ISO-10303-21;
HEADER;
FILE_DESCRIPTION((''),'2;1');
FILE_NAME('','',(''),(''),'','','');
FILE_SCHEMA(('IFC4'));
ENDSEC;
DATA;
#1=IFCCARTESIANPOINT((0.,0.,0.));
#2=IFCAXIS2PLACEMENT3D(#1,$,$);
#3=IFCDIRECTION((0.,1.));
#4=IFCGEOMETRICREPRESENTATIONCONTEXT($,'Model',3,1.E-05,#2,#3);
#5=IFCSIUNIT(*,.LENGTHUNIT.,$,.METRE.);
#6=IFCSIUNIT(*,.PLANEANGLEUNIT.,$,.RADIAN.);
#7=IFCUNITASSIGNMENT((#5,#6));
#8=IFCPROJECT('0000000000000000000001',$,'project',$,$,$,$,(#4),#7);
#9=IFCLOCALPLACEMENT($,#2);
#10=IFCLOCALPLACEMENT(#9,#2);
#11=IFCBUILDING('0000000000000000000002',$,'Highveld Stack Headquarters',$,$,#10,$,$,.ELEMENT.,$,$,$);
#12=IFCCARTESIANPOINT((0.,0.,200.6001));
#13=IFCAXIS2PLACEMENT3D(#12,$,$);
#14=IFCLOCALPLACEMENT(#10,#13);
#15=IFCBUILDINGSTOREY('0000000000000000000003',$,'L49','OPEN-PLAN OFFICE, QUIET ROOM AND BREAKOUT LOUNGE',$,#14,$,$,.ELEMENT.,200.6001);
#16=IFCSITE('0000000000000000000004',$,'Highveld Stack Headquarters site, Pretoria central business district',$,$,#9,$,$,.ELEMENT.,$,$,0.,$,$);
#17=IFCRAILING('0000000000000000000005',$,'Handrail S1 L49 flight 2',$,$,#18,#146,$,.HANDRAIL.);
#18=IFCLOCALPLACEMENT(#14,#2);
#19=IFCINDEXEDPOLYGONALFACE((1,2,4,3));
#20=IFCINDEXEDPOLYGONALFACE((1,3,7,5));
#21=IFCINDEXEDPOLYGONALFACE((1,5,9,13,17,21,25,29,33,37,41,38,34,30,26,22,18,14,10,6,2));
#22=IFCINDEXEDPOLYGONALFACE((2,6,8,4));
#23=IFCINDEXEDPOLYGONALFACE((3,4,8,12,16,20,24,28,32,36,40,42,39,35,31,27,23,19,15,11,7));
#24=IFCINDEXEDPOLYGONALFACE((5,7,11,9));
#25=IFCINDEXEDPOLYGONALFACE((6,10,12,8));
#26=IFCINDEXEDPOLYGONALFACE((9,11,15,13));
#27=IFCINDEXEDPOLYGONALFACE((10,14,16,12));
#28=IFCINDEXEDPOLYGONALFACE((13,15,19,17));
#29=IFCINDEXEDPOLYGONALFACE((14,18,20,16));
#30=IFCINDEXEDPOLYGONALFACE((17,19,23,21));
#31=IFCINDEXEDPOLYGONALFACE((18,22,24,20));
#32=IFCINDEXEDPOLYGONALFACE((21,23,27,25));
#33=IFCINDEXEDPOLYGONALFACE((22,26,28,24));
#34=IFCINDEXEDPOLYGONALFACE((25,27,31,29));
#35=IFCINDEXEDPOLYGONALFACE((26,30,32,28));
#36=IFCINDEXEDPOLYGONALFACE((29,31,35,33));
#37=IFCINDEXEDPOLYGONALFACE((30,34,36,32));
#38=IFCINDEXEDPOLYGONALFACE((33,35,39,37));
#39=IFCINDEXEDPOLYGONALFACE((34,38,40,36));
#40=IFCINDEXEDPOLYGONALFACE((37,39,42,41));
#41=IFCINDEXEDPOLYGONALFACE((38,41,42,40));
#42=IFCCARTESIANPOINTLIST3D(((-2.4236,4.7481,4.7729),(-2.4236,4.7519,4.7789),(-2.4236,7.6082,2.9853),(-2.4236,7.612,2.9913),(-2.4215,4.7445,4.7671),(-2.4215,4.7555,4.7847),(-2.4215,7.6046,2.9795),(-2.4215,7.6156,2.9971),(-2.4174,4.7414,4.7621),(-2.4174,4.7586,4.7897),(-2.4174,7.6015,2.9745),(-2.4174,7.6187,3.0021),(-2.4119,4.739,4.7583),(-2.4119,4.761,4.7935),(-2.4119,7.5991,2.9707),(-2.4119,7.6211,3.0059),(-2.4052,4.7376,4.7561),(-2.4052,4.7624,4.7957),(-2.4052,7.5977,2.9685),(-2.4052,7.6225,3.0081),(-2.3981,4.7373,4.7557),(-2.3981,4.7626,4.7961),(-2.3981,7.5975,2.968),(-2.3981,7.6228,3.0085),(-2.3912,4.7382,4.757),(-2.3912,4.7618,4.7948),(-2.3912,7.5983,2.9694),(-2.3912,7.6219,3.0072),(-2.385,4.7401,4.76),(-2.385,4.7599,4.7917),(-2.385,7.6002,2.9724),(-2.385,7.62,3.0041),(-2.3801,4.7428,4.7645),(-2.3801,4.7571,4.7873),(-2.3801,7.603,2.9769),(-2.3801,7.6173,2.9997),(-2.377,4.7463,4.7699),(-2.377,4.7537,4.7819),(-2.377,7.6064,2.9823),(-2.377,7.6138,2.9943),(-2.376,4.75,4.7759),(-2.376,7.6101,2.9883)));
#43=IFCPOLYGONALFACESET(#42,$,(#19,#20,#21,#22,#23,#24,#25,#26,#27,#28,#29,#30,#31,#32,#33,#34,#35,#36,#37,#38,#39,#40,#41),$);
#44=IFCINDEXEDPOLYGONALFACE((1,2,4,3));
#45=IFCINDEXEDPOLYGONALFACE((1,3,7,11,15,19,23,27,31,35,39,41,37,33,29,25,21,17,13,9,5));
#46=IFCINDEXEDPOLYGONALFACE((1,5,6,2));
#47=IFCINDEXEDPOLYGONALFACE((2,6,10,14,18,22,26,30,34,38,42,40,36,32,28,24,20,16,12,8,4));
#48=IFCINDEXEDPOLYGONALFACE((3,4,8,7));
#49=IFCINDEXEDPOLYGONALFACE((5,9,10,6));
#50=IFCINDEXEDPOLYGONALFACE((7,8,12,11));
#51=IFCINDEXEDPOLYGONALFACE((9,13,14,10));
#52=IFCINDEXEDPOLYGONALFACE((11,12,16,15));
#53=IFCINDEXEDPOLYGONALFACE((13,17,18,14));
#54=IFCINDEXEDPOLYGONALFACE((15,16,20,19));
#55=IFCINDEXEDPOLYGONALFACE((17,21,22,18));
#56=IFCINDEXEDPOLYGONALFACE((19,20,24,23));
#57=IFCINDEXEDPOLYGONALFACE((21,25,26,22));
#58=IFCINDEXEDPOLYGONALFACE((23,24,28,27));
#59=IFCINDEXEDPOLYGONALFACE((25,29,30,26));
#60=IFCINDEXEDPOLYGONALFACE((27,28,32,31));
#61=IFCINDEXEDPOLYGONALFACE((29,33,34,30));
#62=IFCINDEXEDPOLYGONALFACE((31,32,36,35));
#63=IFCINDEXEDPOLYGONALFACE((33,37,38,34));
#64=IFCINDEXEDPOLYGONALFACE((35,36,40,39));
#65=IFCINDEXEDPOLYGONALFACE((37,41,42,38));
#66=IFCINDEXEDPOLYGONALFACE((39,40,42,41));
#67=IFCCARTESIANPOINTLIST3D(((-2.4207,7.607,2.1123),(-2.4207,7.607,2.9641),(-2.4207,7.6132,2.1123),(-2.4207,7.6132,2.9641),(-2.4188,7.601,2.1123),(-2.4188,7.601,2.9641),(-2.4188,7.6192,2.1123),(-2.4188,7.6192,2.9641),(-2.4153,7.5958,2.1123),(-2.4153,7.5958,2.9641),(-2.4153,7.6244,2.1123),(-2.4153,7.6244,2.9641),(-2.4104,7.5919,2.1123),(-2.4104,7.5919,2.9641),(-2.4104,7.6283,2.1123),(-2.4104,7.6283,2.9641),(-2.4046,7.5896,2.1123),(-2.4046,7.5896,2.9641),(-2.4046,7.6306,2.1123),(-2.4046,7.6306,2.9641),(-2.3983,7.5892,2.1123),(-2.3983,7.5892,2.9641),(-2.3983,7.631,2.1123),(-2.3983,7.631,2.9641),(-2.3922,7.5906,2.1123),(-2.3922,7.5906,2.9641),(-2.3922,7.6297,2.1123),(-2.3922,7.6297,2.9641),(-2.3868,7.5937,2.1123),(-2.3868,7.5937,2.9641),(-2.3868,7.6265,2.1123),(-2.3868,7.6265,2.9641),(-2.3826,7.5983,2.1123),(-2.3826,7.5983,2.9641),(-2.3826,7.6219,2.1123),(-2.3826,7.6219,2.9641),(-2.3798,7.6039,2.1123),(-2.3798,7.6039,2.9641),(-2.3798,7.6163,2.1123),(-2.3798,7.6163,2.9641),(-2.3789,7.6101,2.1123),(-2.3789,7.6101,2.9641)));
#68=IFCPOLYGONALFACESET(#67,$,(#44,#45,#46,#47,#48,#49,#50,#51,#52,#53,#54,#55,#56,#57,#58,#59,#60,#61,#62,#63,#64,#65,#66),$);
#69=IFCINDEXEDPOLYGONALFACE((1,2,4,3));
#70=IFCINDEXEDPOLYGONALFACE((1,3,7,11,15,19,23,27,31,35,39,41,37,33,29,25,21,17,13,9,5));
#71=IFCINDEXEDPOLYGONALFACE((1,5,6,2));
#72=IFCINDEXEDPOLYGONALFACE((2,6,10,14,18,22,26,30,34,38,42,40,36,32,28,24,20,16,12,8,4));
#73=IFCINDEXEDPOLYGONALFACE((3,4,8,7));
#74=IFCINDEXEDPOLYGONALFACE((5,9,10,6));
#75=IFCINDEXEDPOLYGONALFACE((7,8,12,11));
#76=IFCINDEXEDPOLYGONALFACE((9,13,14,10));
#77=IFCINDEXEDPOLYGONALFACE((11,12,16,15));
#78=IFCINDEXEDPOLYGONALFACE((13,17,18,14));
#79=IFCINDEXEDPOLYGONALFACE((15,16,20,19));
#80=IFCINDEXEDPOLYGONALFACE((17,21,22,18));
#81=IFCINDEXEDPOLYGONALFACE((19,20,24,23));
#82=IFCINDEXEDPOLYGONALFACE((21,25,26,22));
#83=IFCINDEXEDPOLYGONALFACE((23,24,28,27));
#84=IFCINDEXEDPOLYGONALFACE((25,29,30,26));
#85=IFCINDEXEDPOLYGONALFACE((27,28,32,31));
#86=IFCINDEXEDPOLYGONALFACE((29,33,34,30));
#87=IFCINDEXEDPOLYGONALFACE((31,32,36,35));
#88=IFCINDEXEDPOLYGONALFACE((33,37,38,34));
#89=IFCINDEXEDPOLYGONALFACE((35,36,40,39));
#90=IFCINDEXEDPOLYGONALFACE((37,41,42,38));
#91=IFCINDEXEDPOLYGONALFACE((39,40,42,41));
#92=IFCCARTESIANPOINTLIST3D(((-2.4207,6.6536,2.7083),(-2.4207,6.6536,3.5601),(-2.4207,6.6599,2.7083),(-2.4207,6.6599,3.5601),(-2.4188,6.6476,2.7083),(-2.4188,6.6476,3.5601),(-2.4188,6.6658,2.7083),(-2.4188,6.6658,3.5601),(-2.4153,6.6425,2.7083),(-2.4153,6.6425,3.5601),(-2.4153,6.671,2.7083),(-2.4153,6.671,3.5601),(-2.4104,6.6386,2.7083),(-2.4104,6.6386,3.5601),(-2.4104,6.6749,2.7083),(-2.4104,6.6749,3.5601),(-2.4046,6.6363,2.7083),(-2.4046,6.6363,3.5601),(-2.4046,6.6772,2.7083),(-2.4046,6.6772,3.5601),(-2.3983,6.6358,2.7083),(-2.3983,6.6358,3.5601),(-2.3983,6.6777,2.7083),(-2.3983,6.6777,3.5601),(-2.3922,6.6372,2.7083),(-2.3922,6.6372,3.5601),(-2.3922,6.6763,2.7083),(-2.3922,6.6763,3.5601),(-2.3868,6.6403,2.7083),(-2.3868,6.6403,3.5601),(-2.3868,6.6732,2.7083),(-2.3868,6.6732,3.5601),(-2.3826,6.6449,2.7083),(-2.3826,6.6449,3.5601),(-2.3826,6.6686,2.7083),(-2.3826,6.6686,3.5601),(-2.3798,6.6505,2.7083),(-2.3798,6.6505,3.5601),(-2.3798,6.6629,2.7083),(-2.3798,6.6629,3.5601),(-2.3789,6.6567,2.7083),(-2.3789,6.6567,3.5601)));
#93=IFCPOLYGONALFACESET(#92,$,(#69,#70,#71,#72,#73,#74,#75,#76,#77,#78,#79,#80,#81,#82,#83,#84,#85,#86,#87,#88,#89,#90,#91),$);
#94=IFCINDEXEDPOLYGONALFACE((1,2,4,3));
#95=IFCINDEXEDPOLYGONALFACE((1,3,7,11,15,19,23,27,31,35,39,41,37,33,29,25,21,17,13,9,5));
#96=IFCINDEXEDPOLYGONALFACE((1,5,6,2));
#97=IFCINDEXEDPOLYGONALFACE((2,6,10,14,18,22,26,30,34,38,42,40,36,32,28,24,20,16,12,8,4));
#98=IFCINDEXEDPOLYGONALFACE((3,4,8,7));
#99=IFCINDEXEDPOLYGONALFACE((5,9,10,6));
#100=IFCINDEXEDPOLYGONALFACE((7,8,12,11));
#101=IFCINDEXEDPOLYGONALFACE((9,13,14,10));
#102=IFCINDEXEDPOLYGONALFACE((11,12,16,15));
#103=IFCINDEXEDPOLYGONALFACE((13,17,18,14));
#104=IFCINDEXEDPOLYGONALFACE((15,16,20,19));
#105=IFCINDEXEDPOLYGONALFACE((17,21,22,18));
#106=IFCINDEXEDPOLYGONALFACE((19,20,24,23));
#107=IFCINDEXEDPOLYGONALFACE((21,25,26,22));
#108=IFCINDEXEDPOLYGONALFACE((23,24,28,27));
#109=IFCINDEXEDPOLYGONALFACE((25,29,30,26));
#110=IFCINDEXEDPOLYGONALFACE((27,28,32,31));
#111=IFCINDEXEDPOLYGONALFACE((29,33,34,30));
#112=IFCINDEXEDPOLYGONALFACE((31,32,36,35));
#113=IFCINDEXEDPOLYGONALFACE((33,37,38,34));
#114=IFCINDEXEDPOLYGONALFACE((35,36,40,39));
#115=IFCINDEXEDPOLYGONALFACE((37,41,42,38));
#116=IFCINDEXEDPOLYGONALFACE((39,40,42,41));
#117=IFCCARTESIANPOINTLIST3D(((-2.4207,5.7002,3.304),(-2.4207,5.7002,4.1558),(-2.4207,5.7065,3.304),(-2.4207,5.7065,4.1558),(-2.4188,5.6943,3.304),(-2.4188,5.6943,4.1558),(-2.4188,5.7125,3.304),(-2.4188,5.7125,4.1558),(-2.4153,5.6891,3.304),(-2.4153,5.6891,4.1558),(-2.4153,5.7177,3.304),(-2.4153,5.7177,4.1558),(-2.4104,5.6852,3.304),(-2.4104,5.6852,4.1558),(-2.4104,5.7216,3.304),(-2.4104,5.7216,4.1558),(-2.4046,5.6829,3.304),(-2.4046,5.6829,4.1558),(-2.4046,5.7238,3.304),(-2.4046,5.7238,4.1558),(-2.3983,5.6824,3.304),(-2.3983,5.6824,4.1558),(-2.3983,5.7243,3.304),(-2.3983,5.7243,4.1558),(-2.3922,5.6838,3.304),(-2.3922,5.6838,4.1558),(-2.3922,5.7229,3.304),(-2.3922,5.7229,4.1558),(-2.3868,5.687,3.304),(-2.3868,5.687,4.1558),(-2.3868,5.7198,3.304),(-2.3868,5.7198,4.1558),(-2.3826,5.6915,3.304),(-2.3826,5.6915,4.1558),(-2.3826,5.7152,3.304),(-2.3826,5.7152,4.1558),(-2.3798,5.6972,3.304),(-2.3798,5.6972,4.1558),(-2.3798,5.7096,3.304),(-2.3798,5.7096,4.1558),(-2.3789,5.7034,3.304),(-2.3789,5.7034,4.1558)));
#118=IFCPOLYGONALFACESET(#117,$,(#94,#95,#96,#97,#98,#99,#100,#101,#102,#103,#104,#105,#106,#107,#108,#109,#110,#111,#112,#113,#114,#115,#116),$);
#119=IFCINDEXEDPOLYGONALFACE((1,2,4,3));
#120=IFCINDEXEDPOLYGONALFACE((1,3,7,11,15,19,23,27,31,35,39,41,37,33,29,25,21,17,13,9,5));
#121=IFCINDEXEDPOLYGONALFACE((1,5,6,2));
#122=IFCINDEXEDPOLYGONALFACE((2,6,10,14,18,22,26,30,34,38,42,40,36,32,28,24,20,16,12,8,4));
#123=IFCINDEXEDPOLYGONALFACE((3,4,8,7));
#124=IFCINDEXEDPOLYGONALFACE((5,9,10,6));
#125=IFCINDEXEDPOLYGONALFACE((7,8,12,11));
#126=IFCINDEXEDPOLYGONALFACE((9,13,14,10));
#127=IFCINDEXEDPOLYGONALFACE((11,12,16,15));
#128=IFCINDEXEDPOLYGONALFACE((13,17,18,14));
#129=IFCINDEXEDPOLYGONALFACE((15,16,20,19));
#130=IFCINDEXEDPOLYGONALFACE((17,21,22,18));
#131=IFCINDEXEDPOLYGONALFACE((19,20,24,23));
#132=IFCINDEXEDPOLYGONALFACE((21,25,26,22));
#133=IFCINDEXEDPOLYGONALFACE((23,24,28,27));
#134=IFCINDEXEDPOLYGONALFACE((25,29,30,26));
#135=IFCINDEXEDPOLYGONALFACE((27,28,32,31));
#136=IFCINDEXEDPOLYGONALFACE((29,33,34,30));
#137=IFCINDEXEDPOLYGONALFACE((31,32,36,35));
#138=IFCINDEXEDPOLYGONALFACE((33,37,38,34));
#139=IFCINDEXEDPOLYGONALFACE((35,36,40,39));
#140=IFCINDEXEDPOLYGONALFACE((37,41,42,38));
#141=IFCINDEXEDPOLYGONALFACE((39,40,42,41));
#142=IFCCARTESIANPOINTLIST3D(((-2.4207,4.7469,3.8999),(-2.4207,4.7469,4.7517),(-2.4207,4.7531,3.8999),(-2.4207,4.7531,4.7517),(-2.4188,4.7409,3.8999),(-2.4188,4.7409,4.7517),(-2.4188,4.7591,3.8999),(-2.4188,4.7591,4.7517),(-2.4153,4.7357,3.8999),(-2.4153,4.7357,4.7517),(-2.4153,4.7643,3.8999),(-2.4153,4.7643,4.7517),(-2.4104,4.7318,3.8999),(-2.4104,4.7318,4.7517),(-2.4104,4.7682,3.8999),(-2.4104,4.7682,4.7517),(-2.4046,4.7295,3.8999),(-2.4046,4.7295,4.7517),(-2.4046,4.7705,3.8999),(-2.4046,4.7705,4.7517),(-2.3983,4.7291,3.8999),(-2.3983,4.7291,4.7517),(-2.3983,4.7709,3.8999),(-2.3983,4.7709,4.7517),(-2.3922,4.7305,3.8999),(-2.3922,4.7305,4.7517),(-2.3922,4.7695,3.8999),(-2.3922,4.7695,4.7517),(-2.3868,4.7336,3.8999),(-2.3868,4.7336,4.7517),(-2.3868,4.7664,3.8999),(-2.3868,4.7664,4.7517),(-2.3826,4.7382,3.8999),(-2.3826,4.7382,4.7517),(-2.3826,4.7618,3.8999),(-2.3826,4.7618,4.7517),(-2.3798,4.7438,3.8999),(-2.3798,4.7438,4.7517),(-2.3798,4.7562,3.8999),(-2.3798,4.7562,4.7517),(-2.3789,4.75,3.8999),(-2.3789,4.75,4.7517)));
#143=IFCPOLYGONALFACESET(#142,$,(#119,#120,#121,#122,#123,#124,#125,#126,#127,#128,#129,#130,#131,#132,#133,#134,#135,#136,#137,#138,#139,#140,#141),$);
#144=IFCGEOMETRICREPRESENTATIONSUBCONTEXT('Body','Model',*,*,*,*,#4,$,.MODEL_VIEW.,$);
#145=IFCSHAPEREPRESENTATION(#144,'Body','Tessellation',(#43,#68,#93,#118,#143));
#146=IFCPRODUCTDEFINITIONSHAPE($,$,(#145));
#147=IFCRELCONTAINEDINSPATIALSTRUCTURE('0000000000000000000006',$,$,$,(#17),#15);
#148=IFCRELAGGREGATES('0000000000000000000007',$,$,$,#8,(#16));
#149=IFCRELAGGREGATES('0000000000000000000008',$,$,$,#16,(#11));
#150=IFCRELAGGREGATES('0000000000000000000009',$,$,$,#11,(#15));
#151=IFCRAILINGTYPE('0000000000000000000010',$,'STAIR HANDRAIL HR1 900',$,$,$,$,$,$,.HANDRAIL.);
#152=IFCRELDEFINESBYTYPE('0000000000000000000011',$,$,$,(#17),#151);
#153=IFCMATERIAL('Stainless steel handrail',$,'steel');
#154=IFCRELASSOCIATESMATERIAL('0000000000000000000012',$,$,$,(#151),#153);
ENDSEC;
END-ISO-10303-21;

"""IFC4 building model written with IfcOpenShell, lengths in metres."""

from ifc_helpers import new_model, si_unit, direction, frame, origin, origin_2d, place, context, subcontext, project, spatial, circle, extrude, material, type_object, element, save


model = new_model("IFC4")

# Units and contexts
model_context = context("Model", 3, precision=1e-05, world=origin(), true_north=direction((0.0, 1.0)))
body_context = subcontext(model_context, "Body", "Model", "MODEL_VIEW")
ifc_project = project(units=[si_unit("LENGTHUNIT", "METRE"), si_unit("PLANEANGLEUNIT", "RADIAN")], contexts=[model_context])

# Site, building, storey
site_placement = place(None, origin())
site = spatial("IfcSite", under=ifc_project, at=site_placement, Name="Highveld Stack Headquarters site, Pretoria central business district", CompositionType="ELEMENT", RefElevation=0.0)
building_placement = place(site_placement, origin())
building = spatial("IfcBuilding", under=site, at=building_placement, Name="Highveld Stack Headquarters", CompositionType="ELEMENT")
storey_placement = place(building_placement, frame((0.0, 0.0, 200.6001)))
storey = spatial("IfcBuildingStorey", under=building, at=storey_placement, Name="L49", Description="OPEN-PLAN OFFICE, QUIET ROOM AND BREAKOUT LOUNGE", CompositionType="ELEMENT", Elevation=200.6001)

# Railing
ifc_material_1 = material(Name="Stainless steel handrail", Category="steel")
railing_type = type_object("IfcRailingType", Name="STAIR HANDRAIL HR1 900", PredefinedType="HANDRAIL", material=ifc_material_1)
for number, where, name in (
    (1, (-2.3999, 7.6101, 2.1123), "Handrail S1 L49 flight 2"),
):
    element("IfcRailing", number, at=place(storey_placement, frame(where)), inside=storey, type_object=railing_type, Name=name, PredefinedType="HANDRAIL", context=body_context, shape_type="SweptSolid", body=[
        extrude(circle(Radius=0.0239, at=origin_2d()), frame((0.0, 0.0, 0.876), z_axis=(0.0, -0.847994, 0.530005), x_axis=(1.0, 0.0, 0.0)), (0.0, 0.0, 1.0), 3.3728),
        extrude(circle(Radius=0.021, at=origin_2d()), origin(), (0.0, 0.0, 1.0), 0.8518),
        extrude(circle(Radius=0.021, at=origin_2d()), frame((0.0, -0.9534, 0.5959)), (0.0, 0.0, 1.0), 0.8518),
        extrude(circle(Radius=0.021, at=origin_2d()), frame((0.0, -1.9067, 1.1917)), (0.0, 0.0, 1.0), 0.8518),
        extrude(circle(Radius=0.021, at=origin_2d()), frame((0.0, -2.8601, 1.7876)), (0.0, 0.0, 1.0), 0.8518),
    ])

save(model, "model.ifc")
